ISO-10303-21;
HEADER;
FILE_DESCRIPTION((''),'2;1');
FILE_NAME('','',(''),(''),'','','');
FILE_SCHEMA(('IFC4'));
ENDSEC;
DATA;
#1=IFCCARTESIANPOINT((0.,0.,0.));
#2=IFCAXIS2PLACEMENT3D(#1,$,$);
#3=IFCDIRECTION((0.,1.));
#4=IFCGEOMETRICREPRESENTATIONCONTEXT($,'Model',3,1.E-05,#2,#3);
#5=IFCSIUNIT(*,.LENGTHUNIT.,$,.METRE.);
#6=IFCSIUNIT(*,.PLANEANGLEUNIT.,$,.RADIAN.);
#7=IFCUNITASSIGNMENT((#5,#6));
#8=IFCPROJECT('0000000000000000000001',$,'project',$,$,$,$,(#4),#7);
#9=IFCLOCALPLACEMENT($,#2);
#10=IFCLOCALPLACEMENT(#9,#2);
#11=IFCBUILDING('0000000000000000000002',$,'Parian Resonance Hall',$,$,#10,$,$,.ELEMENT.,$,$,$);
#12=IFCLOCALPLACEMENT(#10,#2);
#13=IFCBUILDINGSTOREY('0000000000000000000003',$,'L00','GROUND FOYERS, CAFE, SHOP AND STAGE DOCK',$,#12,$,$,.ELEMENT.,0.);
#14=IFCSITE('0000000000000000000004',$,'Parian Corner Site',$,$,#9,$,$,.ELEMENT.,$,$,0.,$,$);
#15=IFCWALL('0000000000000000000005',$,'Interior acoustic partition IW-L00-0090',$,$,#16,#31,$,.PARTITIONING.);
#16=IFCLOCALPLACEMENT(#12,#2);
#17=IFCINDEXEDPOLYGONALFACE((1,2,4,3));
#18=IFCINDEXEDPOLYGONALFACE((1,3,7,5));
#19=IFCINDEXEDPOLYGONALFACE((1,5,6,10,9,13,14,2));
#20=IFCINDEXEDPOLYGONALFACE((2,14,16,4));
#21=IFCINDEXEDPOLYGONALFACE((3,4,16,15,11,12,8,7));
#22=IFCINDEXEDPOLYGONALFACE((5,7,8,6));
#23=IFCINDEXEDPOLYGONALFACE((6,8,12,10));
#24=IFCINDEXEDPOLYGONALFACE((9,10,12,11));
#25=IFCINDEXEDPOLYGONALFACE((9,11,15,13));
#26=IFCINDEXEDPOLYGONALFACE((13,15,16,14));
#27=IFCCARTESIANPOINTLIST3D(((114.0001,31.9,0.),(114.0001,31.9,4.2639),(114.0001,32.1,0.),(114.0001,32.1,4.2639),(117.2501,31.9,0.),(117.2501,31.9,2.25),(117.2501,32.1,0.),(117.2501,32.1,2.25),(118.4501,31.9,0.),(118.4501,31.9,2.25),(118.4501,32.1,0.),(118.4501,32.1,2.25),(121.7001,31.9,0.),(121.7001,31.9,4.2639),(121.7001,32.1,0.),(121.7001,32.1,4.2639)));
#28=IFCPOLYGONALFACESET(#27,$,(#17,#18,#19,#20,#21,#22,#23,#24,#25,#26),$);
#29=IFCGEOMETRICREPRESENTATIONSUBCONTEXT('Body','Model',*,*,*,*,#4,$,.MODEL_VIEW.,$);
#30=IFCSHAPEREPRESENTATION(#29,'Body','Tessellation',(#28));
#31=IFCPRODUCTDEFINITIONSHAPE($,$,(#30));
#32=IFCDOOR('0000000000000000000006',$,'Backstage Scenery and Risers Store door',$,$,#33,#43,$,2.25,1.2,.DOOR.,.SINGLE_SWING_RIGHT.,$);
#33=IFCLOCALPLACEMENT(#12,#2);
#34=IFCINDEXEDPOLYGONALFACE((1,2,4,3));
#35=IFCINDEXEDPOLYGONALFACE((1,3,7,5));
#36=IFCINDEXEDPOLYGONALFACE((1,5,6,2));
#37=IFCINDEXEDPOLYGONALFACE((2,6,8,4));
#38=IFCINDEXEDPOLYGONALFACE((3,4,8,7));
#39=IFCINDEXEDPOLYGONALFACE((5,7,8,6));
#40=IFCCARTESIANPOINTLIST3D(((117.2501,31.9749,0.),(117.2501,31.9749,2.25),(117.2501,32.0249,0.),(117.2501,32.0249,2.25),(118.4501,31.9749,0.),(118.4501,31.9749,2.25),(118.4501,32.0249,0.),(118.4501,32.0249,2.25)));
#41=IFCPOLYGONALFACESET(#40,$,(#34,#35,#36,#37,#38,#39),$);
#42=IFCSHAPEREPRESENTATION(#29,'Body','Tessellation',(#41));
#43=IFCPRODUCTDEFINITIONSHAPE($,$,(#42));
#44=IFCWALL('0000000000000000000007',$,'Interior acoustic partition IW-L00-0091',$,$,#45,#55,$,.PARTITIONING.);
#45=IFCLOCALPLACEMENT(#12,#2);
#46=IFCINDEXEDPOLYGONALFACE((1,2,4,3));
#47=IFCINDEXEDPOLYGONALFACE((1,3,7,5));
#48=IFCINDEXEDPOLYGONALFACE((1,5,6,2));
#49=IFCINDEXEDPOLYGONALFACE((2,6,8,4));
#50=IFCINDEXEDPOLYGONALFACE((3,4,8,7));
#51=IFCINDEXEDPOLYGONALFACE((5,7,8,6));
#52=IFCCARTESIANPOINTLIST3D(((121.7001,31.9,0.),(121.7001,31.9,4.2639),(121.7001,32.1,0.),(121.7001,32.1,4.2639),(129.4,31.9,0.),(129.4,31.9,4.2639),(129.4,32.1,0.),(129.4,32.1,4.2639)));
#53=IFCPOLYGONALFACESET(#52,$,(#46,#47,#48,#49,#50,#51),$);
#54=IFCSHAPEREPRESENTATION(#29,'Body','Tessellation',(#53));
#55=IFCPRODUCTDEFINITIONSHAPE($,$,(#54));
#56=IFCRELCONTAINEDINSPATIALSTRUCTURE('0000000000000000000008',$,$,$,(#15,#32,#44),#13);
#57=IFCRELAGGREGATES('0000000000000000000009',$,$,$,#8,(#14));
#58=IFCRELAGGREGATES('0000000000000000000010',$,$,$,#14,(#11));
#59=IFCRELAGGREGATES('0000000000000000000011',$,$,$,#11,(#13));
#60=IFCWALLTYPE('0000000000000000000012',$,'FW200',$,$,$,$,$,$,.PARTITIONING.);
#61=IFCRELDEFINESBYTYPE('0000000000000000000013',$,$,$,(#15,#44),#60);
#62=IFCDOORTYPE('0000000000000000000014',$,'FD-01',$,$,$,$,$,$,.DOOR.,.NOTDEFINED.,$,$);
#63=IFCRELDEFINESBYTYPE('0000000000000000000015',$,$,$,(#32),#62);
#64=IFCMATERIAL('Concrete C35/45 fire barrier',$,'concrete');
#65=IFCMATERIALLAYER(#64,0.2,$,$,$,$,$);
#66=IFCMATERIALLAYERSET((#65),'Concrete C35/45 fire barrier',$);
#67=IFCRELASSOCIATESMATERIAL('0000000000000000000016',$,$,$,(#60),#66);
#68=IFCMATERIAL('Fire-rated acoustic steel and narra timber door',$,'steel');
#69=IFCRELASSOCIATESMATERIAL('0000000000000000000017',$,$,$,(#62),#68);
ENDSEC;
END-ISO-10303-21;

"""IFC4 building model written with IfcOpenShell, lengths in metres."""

from ifc_helpers import new_model, si_unit, direction, frame, frame_2d, origin, place, context, subcontext, project, spatial, rectangle, extrude, material, layer, layer_set, type_object, element, fill, save


model = new_model("IFC4")

# Units and contexts
model_context = context("Model", 3, precision=1e-05, world=origin(), true_north=direction((0.0, 1.0)))
body_context = subcontext(model_context, "Body", "Model", "MODEL_VIEW")
ifc_project = project(units=[si_unit("LENGTHUNIT", "METRE"), si_unit("PLANEANGLEUNIT", "RADIAN")], contexts=[model_context])

# Site, building, storey
site_placement = place(None, origin())
site = spatial("IfcSite", under=ifc_project, at=site_placement, Name="Parian Corner Site", CompositionType="ELEMENT", RefElevation=0.0)
building_placement = place(site_placement, origin())
building = spatial("IfcBuilding", under=site, at=building_placement, Name="Parian Resonance Hall", CompositionType="ELEMENT")
storey_placement = place(building_placement, origin())
storey = spatial("IfcBuildingStorey", under=building, at=storey_placement, Name="L00", Description="GROUND FOYERS, CAFE, SHOP AND STAGE DOCK", CompositionType="ELEMENT", Elevation=0.0)

# Shared definitions
ifc_material_1 = material(Name="Concrete C35/45 fire barrier", Category="concrete")
ifc_layer = layer(ifc_material_1, 0.2)
ifc_layer_set = layer_set([ifc_layer], Name="Concrete C35/45 fire barrier")
wall_type = type_object("IfcWallType", Name="FW200", PredefinedType="PARTITIONING", material=ifc_layer_set)

# Wall, opening, door
wall_1_placement = place(storey_placement, frame((114.0, 32.0, 0.0), z_axis=(0.0, 0.0, 1.0), x_axis=(1.0, 0.0, 0.0)))
wall_1 = element("IfcWall", 1, at=wall_1_placement, inside=storey, type_object=wall_type, Name="Interior acoustic partition IW-L00-0090", PredefinedType="PARTITIONING", context=body_context, shape_type="SweptSolid", body=[
    extrude(rectangle(XDim=7.7, YDim=0.2, at=frame_2d((3.8501, 0.0))), origin(), (0.0, 0.0, 1.0), 4.2639),
])
opening_1_placement = place(wall_1_placement, frame((3.25, 0.0, 0.0)))
opening_1 = element("IfcOpeningElement", 2, at=opening_1_placement, cuts=wall_1, PredefinedType="OPENING", context=body_context, shape_type="SweptSolid", body=[
    extrude(rectangle(XDim=1.2, YDim=2.25, at=frame_2d((0.6001, 1.125))), frame((0.0, 0.1099, 0.0), z_axis=(0.0, -1.0, 0.0), x_axis=(1.0, 0.0, 0.0)), (0.0, 0.0, 1.0), 0.22),
])
ifc_material_2 = material(Name="Fire-rated acoustic steel and narra timber door", Category="steel")
door_type_1 = type_object("IfcDoorType", Name="FD-01", OperationType="NOTDEFINED", PredefinedType="DOOR", material=ifc_material_2)
door_1_placement = place(opening_1_placement, origin())
door_1 = element("IfcDoor", 3, at=door_1_placement, inside=storey, type_object=door_type_1, Name="Backstage Scenery and Risers Store door", OperationType="SINGLE_SWING_RIGHT", OverallHeight=2.25, OverallWidth=1.2, PredefinedType="DOOR", context=body_context, shape_type="SweptSolid", body=[
    extrude(rectangle(XDim=1.2, YDim=2.25, at=frame_2d((0.6001, 1.125))), frame((0.0, 0.0249, 0.0), z_axis=(0.0, -1.0, 0.0), x_axis=(1.0, 0.0, 0.0)), (0.0, 0.0, 1.0), 0.05),
])
fill(opening_1, door_1)

# Wall
wall_2_placement = place(storey_placement, frame((121.7, 32.0, 0.0), z_axis=(0.0, 0.0, 1.0), x_axis=(1.0, 0.0, 0.0)))
element("IfcWall", 4, at=wall_2_placement, inside=storey, type_object=wall_type, Name="Interior acoustic partition IW-L00-0091", PredefinedType="PARTITIONING", context=body_context, shape_type="SweptSolid", body=[
    extrude(rectangle(XDim=7.7, YDim=0.2, at=frame_2d((3.8501, 0.0))), origin(), (0.0, 0.0, 1.0), 4.2639),
])

save(model, "model.ifc")
